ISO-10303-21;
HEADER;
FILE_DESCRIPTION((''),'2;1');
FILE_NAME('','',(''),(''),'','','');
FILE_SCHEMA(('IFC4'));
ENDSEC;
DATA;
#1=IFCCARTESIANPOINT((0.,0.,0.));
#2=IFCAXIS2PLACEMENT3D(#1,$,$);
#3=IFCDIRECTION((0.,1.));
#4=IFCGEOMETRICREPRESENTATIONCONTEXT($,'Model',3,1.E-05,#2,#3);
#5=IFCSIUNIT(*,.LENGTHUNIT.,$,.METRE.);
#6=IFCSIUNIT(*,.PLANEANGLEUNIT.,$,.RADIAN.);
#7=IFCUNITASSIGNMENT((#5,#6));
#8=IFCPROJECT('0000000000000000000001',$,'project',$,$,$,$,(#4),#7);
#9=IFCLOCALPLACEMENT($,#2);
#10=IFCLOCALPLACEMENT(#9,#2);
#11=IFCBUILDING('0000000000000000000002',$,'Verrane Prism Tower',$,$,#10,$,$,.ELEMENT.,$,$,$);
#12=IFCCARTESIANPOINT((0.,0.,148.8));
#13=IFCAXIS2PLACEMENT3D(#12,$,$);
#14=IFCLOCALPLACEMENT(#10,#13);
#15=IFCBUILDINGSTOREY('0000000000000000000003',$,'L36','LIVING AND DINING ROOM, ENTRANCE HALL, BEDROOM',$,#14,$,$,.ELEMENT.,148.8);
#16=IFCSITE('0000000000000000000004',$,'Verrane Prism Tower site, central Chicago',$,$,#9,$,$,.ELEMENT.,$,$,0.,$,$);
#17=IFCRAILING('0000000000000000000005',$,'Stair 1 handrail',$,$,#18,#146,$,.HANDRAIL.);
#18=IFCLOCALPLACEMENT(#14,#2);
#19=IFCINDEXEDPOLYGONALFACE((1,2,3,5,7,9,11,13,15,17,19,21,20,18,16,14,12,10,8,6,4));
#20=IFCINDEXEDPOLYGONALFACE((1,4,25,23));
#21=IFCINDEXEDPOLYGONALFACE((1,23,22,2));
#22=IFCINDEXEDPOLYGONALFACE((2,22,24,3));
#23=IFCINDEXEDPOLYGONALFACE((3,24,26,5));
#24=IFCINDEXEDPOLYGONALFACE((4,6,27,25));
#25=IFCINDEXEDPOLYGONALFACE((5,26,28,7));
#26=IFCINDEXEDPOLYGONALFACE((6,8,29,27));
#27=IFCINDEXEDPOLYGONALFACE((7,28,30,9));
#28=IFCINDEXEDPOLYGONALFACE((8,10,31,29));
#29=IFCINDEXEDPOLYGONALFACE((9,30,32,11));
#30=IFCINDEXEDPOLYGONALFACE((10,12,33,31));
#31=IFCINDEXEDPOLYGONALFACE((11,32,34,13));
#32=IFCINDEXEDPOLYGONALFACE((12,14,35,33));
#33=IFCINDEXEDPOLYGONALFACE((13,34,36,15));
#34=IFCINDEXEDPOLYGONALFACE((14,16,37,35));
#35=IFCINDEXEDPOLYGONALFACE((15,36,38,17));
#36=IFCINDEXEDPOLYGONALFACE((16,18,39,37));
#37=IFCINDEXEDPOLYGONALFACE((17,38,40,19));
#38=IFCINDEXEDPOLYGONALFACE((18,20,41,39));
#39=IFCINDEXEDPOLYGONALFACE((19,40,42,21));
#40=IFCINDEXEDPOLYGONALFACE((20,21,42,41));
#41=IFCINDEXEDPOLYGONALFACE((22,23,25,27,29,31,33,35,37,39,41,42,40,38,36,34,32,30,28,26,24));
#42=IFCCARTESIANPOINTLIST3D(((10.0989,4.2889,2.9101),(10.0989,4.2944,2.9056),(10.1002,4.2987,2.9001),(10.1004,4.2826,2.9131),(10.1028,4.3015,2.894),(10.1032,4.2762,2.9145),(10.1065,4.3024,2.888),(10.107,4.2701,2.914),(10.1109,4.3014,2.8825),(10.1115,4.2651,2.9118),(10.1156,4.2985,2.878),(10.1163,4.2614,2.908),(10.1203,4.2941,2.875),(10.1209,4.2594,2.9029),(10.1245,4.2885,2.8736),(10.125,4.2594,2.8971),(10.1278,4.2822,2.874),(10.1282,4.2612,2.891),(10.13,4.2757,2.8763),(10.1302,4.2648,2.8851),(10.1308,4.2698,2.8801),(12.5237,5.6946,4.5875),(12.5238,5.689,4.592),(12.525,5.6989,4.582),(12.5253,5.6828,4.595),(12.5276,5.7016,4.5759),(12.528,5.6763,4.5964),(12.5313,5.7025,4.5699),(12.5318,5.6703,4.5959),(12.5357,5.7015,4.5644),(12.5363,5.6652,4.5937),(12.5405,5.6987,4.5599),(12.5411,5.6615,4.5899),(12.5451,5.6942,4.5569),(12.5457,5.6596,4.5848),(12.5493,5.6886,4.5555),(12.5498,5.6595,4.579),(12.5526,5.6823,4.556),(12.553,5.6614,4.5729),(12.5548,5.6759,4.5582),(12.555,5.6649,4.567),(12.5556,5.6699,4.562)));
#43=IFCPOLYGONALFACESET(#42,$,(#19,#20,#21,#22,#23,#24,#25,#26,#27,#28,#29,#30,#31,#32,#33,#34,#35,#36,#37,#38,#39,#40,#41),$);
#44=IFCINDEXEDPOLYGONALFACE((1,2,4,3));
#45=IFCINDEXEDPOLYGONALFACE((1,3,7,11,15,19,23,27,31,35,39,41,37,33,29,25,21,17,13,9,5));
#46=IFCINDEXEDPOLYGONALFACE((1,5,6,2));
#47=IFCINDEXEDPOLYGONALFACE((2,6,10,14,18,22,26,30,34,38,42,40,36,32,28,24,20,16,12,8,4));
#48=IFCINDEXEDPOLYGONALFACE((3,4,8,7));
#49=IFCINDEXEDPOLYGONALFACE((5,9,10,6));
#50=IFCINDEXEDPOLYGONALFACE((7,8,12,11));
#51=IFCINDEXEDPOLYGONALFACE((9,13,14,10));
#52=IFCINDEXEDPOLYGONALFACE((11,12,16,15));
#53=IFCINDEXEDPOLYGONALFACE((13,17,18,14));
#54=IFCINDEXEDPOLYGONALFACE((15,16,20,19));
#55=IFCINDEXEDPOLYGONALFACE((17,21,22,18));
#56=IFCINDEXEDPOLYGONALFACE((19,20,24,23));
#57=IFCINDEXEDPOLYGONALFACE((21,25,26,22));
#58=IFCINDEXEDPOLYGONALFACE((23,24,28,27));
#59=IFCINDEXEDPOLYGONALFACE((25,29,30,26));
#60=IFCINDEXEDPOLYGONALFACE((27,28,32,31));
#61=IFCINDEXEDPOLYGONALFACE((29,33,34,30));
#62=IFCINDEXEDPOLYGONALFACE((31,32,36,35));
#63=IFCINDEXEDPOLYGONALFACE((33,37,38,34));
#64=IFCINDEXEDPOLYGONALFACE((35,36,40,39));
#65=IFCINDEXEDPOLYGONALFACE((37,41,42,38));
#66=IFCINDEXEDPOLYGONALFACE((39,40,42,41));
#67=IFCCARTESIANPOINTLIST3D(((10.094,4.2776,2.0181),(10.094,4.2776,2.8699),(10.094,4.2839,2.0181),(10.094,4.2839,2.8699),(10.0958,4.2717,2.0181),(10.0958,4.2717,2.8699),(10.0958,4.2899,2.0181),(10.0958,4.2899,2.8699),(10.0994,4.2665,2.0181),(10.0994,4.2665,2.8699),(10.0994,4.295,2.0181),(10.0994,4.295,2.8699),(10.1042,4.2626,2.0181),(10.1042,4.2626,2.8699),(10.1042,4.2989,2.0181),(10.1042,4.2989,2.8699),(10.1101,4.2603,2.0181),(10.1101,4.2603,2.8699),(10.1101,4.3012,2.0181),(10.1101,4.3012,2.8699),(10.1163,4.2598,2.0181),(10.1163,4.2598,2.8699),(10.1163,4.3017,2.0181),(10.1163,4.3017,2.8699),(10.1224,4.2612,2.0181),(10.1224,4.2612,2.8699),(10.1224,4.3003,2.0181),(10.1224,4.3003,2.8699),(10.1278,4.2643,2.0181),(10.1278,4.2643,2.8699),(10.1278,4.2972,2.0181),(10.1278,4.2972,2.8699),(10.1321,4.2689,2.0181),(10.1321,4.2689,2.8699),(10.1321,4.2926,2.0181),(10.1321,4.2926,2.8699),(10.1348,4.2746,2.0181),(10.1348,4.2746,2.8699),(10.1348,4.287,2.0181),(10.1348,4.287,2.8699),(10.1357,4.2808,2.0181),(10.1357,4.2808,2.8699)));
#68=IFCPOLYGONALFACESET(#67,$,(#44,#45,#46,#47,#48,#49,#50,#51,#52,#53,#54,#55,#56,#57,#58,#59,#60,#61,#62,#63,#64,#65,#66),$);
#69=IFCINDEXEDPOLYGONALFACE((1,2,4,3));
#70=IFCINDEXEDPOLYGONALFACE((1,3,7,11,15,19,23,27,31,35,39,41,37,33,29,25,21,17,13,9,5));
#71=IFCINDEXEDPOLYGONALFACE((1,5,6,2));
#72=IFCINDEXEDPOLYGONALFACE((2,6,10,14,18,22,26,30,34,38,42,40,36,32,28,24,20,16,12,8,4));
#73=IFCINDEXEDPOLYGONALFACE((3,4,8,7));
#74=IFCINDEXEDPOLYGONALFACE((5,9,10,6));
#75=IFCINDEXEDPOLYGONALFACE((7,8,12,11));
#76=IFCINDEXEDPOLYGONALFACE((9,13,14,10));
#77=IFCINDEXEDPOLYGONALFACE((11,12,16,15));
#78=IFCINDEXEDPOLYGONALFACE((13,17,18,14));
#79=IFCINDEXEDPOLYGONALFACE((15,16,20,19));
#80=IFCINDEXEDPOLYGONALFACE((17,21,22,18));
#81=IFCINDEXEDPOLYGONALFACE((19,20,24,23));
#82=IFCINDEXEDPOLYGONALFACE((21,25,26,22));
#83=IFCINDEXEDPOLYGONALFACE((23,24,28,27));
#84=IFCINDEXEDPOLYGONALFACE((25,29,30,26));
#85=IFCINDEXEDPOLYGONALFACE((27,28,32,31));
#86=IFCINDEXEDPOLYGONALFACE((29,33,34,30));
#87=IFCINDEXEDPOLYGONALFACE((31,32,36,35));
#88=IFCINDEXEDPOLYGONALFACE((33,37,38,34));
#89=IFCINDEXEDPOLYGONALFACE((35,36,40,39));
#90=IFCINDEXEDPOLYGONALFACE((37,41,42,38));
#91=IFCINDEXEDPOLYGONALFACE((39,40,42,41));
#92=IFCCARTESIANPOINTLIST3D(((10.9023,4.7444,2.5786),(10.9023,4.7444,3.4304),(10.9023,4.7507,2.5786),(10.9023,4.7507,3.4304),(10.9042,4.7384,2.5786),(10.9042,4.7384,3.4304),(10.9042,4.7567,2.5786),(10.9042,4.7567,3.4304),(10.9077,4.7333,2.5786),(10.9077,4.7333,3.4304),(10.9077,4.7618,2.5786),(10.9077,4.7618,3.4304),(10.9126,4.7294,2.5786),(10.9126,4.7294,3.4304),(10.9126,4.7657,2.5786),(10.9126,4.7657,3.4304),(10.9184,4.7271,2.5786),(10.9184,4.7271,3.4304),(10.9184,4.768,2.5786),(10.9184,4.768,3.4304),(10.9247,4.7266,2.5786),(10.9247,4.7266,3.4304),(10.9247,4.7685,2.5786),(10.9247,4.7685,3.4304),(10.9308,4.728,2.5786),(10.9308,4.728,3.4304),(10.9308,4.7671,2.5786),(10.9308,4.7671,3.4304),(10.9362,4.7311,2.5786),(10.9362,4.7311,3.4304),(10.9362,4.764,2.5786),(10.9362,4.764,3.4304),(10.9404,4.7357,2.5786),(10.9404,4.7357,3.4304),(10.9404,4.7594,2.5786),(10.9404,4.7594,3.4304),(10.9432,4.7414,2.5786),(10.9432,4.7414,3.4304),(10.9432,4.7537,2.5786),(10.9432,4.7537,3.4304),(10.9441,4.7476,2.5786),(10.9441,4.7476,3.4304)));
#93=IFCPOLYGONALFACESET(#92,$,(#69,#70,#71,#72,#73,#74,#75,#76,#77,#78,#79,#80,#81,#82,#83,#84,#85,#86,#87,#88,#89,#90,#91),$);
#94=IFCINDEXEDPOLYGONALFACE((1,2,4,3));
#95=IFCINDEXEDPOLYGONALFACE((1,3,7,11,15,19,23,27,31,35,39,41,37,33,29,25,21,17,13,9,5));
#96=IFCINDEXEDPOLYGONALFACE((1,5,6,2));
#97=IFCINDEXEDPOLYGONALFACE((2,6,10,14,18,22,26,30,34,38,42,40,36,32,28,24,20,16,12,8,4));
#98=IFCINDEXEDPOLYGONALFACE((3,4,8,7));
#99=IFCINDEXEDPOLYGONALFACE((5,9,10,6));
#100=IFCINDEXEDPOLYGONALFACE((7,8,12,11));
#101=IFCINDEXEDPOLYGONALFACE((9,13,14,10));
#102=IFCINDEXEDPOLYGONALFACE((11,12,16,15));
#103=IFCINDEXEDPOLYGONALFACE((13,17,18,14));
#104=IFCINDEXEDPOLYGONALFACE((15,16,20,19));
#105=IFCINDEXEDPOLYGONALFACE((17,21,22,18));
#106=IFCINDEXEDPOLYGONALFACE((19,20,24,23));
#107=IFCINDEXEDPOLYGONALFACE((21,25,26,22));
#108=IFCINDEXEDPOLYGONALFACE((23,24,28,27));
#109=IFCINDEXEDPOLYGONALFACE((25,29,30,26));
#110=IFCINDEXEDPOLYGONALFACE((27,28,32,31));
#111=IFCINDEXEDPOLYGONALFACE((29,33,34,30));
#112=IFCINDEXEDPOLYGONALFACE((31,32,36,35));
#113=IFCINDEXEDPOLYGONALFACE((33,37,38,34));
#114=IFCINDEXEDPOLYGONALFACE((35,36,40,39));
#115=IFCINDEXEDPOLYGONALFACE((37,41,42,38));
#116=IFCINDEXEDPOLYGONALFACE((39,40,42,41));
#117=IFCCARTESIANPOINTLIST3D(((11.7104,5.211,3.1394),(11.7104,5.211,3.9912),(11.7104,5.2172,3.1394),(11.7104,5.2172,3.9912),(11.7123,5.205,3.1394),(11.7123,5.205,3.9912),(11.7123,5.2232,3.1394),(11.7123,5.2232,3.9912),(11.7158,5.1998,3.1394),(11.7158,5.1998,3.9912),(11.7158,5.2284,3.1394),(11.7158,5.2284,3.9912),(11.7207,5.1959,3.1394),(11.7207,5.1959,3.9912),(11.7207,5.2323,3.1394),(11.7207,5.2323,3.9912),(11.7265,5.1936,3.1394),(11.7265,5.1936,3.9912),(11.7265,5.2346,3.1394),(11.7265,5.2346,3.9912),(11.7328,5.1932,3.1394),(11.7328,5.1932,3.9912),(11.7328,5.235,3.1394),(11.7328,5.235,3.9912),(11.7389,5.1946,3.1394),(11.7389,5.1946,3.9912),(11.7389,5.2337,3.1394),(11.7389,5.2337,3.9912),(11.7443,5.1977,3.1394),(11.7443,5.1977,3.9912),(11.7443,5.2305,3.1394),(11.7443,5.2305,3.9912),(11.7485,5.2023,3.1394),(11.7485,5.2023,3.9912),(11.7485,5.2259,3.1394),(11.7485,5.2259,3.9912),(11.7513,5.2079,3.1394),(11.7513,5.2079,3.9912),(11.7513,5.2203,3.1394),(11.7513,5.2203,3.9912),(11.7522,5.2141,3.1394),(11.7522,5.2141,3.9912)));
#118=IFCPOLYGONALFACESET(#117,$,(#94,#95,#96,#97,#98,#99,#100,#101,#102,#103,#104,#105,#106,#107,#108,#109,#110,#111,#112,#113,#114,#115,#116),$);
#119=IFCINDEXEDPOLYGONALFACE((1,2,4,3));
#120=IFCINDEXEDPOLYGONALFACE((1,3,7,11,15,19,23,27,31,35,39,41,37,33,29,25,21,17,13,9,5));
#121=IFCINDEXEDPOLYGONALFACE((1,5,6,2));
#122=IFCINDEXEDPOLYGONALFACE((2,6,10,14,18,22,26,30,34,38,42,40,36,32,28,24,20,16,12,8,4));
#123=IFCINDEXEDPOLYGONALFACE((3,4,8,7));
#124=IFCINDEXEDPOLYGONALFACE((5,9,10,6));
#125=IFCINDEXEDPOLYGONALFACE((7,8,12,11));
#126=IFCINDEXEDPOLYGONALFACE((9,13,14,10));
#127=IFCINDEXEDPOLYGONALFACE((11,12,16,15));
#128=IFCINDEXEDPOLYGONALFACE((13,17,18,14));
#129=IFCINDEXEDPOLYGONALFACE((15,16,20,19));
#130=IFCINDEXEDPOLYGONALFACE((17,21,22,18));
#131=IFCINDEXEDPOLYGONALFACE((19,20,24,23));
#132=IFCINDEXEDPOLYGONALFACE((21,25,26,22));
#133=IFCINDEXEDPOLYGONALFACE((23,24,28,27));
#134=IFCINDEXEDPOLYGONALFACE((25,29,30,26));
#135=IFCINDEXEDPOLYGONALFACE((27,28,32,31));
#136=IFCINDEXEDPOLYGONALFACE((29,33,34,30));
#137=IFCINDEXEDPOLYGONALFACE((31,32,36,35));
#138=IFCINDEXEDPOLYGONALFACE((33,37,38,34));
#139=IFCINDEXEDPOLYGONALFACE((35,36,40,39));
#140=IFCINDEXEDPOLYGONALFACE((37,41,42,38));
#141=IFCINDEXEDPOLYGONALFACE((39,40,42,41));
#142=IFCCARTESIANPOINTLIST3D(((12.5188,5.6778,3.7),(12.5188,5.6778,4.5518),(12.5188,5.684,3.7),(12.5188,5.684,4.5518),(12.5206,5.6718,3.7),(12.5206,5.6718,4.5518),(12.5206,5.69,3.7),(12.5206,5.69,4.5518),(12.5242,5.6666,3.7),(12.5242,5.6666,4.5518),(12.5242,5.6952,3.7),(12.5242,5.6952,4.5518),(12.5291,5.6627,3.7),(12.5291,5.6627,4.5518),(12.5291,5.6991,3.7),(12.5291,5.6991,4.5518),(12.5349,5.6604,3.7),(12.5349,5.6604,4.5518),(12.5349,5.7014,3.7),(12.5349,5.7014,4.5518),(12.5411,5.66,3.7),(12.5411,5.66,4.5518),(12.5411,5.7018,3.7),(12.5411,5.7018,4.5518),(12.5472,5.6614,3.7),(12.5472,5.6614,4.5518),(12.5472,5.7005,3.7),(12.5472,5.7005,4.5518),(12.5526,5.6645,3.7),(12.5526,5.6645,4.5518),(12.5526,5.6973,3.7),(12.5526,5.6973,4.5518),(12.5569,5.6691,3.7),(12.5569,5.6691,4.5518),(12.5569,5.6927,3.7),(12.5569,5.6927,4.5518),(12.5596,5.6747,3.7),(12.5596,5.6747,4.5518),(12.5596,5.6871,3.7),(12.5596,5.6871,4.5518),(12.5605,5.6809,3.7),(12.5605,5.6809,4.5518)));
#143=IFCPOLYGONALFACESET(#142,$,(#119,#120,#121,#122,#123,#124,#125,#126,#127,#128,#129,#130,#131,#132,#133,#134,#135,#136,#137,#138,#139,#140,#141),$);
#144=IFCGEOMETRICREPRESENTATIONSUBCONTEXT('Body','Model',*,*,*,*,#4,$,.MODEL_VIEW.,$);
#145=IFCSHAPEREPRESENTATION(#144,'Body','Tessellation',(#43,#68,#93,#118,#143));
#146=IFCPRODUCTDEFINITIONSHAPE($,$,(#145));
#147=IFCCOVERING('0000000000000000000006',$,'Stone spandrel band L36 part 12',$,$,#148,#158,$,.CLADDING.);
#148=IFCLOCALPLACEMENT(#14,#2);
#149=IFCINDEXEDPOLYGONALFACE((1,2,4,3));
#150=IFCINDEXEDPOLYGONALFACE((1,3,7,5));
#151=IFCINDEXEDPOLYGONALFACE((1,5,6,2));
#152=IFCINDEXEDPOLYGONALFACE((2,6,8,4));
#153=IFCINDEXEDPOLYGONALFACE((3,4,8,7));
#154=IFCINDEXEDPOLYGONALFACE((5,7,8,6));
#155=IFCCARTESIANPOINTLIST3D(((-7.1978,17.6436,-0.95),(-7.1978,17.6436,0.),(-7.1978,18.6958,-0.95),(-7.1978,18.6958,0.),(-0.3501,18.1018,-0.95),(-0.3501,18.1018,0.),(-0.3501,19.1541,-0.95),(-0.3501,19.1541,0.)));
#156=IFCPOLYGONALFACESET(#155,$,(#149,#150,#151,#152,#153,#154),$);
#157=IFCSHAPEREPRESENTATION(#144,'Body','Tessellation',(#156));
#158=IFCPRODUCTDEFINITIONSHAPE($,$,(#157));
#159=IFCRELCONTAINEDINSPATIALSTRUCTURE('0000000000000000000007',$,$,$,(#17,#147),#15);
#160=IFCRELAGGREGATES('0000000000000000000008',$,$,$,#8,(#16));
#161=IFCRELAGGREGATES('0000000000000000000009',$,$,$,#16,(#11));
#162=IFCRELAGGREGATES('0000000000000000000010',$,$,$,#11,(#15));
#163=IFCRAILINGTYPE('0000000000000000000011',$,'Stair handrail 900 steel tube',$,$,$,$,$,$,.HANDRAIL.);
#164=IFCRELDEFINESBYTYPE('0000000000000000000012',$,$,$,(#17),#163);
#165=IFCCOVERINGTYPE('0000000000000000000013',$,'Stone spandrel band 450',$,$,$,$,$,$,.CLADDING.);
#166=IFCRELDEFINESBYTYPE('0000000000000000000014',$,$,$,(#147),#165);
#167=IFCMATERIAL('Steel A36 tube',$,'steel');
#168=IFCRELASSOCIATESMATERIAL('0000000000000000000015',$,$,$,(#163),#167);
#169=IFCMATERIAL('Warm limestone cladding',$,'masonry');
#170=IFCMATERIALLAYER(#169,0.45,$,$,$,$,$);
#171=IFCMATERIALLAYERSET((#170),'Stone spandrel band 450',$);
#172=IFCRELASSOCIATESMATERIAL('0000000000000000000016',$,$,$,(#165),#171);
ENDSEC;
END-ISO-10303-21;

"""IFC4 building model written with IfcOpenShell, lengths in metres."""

from ifc_helpers import new_model, si_unit, direction, frame, origin, origin_2d, place, context, subcontext, project, spatial, polyline, circle, outline, extrude, material, layer, layer_set, type_object, element, save


model = new_model("IFC4")

# Units and contexts
model_context = context("Model", 3, precision=1e-05, world=origin(), true_north=direction((0.0, 1.0)))
body_context = subcontext(model_context, "Body", "Model", "MODEL_VIEW")
ifc_project = project(units=[si_unit("LENGTHUNIT", "METRE"), si_unit("PLANEANGLEUNIT", "RADIAN")], contexts=[model_context])

# Site, building, storey
site_placement = place(None, origin())
site = spatial("IfcSite", under=ifc_project, at=site_placement, Name="Verrane Prism Tower site, central Chicago", CompositionType="ELEMENT", RefElevation=0.0)
building_placement = place(site_placement, origin())
building = spatial("IfcBuilding", under=site, at=building_placement, Name="Verrane Prism Tower", CompositionType="ELEMENT")
storey_placement = place(building_placement, frame((0.0, 0.0, 148.8)))
storey = spatial("IfcBuildingStorey", under=building, at=storey_placement, Name="L36", Description="LIVING AND DINING ROOM, ENTRANCE HALL, BEDROOM", CompositionType="ELEMENT", Elevation=148.8)

# Railing
ifc_material_1 = material(Name="Steel A36 tube", Category="steel")
railing_type_1 = type_object("IfcRailingType", Name="Stair handrail 900 steel tube", PredefinedType="HANDRAIL", material=ifc_material_1)
railing_1_placement = place(storey_placement, frame((10.1147, 4.2808, 2.0181)))
element("IfcRailing", 1, at=railing_1_placement, inside=storey, type_object=railing_type_1, Name="Stair 1 handrail", PredefinedType="HANDRAIL", context=body_context, shape_type="SweptSolid", body=[
    extrude(circle(Radius=0.0239, at=origin_2d()), frame((0.0, 0.0, 0.876), z_axis=(0.742367, 0.428662, 0.514918), x_axis=(-0.50005, 0.865997, 0.0)), (0.0, 0.0, 1.0), 3.2664),
    extrude(circle(Radius=0.021, at=origin_2d()), origin(), (0.0, 0.0, 1.0), 0.8518),
    extrude(circle(Radius=0.021, at=origin_2d()), frame((0.8083, 0.4668, 0.5605)), (0.0, 0.0, 1.0), 0.8518),
    extrude(circle(Radius=0.021, at=origin_2d()), frame((1.6165, 0.9333, 1.1213)), (0.0, 0.0, 1.0), 0.8518),
    extrude(circle(Radius=0.021, at=origin_2d()), frame((2.4248, 1.4001, 1.6819)), (0.0, 0.0, 1.0), 0.8518),
])

# Covering
ifc_material_2 = material(Name="Warm limestone cladding", Category="masonry")
ifc_layer_1 = layer(ifc_material_2, 0.45)
ifc_layer_set_1 = layer_set([ifc_layer_1], Name="Stone spandrel band 450")
covering_type = type_object("IfcCoveringType", Name="Stone spandrel band 450", PredefinedType="CLADDING", material=ifc_layer_set_1)
covering_placement = place(storey_placement, frame((0.0, 0.0, -0.95)))
element("IfcCovering", 2, at=covering_placement, inside=storey, type_object=covering_type, Name="Stone spandrel band L36 part 12", PredefinedType="CLADDING", context=body_context, shape_type="SweptSolid", body=[
    extrude(outline(polyline([(-7.1978, 18.6958), (-7.1978, 17.6436), (-0.3501, 18.1018), (-0.3501, 19.1541), (-7.1978, 18.6958)])), origin(), (0.0, 0.0, 1.0), 0.95),
])

save(model, "model.ifc")
